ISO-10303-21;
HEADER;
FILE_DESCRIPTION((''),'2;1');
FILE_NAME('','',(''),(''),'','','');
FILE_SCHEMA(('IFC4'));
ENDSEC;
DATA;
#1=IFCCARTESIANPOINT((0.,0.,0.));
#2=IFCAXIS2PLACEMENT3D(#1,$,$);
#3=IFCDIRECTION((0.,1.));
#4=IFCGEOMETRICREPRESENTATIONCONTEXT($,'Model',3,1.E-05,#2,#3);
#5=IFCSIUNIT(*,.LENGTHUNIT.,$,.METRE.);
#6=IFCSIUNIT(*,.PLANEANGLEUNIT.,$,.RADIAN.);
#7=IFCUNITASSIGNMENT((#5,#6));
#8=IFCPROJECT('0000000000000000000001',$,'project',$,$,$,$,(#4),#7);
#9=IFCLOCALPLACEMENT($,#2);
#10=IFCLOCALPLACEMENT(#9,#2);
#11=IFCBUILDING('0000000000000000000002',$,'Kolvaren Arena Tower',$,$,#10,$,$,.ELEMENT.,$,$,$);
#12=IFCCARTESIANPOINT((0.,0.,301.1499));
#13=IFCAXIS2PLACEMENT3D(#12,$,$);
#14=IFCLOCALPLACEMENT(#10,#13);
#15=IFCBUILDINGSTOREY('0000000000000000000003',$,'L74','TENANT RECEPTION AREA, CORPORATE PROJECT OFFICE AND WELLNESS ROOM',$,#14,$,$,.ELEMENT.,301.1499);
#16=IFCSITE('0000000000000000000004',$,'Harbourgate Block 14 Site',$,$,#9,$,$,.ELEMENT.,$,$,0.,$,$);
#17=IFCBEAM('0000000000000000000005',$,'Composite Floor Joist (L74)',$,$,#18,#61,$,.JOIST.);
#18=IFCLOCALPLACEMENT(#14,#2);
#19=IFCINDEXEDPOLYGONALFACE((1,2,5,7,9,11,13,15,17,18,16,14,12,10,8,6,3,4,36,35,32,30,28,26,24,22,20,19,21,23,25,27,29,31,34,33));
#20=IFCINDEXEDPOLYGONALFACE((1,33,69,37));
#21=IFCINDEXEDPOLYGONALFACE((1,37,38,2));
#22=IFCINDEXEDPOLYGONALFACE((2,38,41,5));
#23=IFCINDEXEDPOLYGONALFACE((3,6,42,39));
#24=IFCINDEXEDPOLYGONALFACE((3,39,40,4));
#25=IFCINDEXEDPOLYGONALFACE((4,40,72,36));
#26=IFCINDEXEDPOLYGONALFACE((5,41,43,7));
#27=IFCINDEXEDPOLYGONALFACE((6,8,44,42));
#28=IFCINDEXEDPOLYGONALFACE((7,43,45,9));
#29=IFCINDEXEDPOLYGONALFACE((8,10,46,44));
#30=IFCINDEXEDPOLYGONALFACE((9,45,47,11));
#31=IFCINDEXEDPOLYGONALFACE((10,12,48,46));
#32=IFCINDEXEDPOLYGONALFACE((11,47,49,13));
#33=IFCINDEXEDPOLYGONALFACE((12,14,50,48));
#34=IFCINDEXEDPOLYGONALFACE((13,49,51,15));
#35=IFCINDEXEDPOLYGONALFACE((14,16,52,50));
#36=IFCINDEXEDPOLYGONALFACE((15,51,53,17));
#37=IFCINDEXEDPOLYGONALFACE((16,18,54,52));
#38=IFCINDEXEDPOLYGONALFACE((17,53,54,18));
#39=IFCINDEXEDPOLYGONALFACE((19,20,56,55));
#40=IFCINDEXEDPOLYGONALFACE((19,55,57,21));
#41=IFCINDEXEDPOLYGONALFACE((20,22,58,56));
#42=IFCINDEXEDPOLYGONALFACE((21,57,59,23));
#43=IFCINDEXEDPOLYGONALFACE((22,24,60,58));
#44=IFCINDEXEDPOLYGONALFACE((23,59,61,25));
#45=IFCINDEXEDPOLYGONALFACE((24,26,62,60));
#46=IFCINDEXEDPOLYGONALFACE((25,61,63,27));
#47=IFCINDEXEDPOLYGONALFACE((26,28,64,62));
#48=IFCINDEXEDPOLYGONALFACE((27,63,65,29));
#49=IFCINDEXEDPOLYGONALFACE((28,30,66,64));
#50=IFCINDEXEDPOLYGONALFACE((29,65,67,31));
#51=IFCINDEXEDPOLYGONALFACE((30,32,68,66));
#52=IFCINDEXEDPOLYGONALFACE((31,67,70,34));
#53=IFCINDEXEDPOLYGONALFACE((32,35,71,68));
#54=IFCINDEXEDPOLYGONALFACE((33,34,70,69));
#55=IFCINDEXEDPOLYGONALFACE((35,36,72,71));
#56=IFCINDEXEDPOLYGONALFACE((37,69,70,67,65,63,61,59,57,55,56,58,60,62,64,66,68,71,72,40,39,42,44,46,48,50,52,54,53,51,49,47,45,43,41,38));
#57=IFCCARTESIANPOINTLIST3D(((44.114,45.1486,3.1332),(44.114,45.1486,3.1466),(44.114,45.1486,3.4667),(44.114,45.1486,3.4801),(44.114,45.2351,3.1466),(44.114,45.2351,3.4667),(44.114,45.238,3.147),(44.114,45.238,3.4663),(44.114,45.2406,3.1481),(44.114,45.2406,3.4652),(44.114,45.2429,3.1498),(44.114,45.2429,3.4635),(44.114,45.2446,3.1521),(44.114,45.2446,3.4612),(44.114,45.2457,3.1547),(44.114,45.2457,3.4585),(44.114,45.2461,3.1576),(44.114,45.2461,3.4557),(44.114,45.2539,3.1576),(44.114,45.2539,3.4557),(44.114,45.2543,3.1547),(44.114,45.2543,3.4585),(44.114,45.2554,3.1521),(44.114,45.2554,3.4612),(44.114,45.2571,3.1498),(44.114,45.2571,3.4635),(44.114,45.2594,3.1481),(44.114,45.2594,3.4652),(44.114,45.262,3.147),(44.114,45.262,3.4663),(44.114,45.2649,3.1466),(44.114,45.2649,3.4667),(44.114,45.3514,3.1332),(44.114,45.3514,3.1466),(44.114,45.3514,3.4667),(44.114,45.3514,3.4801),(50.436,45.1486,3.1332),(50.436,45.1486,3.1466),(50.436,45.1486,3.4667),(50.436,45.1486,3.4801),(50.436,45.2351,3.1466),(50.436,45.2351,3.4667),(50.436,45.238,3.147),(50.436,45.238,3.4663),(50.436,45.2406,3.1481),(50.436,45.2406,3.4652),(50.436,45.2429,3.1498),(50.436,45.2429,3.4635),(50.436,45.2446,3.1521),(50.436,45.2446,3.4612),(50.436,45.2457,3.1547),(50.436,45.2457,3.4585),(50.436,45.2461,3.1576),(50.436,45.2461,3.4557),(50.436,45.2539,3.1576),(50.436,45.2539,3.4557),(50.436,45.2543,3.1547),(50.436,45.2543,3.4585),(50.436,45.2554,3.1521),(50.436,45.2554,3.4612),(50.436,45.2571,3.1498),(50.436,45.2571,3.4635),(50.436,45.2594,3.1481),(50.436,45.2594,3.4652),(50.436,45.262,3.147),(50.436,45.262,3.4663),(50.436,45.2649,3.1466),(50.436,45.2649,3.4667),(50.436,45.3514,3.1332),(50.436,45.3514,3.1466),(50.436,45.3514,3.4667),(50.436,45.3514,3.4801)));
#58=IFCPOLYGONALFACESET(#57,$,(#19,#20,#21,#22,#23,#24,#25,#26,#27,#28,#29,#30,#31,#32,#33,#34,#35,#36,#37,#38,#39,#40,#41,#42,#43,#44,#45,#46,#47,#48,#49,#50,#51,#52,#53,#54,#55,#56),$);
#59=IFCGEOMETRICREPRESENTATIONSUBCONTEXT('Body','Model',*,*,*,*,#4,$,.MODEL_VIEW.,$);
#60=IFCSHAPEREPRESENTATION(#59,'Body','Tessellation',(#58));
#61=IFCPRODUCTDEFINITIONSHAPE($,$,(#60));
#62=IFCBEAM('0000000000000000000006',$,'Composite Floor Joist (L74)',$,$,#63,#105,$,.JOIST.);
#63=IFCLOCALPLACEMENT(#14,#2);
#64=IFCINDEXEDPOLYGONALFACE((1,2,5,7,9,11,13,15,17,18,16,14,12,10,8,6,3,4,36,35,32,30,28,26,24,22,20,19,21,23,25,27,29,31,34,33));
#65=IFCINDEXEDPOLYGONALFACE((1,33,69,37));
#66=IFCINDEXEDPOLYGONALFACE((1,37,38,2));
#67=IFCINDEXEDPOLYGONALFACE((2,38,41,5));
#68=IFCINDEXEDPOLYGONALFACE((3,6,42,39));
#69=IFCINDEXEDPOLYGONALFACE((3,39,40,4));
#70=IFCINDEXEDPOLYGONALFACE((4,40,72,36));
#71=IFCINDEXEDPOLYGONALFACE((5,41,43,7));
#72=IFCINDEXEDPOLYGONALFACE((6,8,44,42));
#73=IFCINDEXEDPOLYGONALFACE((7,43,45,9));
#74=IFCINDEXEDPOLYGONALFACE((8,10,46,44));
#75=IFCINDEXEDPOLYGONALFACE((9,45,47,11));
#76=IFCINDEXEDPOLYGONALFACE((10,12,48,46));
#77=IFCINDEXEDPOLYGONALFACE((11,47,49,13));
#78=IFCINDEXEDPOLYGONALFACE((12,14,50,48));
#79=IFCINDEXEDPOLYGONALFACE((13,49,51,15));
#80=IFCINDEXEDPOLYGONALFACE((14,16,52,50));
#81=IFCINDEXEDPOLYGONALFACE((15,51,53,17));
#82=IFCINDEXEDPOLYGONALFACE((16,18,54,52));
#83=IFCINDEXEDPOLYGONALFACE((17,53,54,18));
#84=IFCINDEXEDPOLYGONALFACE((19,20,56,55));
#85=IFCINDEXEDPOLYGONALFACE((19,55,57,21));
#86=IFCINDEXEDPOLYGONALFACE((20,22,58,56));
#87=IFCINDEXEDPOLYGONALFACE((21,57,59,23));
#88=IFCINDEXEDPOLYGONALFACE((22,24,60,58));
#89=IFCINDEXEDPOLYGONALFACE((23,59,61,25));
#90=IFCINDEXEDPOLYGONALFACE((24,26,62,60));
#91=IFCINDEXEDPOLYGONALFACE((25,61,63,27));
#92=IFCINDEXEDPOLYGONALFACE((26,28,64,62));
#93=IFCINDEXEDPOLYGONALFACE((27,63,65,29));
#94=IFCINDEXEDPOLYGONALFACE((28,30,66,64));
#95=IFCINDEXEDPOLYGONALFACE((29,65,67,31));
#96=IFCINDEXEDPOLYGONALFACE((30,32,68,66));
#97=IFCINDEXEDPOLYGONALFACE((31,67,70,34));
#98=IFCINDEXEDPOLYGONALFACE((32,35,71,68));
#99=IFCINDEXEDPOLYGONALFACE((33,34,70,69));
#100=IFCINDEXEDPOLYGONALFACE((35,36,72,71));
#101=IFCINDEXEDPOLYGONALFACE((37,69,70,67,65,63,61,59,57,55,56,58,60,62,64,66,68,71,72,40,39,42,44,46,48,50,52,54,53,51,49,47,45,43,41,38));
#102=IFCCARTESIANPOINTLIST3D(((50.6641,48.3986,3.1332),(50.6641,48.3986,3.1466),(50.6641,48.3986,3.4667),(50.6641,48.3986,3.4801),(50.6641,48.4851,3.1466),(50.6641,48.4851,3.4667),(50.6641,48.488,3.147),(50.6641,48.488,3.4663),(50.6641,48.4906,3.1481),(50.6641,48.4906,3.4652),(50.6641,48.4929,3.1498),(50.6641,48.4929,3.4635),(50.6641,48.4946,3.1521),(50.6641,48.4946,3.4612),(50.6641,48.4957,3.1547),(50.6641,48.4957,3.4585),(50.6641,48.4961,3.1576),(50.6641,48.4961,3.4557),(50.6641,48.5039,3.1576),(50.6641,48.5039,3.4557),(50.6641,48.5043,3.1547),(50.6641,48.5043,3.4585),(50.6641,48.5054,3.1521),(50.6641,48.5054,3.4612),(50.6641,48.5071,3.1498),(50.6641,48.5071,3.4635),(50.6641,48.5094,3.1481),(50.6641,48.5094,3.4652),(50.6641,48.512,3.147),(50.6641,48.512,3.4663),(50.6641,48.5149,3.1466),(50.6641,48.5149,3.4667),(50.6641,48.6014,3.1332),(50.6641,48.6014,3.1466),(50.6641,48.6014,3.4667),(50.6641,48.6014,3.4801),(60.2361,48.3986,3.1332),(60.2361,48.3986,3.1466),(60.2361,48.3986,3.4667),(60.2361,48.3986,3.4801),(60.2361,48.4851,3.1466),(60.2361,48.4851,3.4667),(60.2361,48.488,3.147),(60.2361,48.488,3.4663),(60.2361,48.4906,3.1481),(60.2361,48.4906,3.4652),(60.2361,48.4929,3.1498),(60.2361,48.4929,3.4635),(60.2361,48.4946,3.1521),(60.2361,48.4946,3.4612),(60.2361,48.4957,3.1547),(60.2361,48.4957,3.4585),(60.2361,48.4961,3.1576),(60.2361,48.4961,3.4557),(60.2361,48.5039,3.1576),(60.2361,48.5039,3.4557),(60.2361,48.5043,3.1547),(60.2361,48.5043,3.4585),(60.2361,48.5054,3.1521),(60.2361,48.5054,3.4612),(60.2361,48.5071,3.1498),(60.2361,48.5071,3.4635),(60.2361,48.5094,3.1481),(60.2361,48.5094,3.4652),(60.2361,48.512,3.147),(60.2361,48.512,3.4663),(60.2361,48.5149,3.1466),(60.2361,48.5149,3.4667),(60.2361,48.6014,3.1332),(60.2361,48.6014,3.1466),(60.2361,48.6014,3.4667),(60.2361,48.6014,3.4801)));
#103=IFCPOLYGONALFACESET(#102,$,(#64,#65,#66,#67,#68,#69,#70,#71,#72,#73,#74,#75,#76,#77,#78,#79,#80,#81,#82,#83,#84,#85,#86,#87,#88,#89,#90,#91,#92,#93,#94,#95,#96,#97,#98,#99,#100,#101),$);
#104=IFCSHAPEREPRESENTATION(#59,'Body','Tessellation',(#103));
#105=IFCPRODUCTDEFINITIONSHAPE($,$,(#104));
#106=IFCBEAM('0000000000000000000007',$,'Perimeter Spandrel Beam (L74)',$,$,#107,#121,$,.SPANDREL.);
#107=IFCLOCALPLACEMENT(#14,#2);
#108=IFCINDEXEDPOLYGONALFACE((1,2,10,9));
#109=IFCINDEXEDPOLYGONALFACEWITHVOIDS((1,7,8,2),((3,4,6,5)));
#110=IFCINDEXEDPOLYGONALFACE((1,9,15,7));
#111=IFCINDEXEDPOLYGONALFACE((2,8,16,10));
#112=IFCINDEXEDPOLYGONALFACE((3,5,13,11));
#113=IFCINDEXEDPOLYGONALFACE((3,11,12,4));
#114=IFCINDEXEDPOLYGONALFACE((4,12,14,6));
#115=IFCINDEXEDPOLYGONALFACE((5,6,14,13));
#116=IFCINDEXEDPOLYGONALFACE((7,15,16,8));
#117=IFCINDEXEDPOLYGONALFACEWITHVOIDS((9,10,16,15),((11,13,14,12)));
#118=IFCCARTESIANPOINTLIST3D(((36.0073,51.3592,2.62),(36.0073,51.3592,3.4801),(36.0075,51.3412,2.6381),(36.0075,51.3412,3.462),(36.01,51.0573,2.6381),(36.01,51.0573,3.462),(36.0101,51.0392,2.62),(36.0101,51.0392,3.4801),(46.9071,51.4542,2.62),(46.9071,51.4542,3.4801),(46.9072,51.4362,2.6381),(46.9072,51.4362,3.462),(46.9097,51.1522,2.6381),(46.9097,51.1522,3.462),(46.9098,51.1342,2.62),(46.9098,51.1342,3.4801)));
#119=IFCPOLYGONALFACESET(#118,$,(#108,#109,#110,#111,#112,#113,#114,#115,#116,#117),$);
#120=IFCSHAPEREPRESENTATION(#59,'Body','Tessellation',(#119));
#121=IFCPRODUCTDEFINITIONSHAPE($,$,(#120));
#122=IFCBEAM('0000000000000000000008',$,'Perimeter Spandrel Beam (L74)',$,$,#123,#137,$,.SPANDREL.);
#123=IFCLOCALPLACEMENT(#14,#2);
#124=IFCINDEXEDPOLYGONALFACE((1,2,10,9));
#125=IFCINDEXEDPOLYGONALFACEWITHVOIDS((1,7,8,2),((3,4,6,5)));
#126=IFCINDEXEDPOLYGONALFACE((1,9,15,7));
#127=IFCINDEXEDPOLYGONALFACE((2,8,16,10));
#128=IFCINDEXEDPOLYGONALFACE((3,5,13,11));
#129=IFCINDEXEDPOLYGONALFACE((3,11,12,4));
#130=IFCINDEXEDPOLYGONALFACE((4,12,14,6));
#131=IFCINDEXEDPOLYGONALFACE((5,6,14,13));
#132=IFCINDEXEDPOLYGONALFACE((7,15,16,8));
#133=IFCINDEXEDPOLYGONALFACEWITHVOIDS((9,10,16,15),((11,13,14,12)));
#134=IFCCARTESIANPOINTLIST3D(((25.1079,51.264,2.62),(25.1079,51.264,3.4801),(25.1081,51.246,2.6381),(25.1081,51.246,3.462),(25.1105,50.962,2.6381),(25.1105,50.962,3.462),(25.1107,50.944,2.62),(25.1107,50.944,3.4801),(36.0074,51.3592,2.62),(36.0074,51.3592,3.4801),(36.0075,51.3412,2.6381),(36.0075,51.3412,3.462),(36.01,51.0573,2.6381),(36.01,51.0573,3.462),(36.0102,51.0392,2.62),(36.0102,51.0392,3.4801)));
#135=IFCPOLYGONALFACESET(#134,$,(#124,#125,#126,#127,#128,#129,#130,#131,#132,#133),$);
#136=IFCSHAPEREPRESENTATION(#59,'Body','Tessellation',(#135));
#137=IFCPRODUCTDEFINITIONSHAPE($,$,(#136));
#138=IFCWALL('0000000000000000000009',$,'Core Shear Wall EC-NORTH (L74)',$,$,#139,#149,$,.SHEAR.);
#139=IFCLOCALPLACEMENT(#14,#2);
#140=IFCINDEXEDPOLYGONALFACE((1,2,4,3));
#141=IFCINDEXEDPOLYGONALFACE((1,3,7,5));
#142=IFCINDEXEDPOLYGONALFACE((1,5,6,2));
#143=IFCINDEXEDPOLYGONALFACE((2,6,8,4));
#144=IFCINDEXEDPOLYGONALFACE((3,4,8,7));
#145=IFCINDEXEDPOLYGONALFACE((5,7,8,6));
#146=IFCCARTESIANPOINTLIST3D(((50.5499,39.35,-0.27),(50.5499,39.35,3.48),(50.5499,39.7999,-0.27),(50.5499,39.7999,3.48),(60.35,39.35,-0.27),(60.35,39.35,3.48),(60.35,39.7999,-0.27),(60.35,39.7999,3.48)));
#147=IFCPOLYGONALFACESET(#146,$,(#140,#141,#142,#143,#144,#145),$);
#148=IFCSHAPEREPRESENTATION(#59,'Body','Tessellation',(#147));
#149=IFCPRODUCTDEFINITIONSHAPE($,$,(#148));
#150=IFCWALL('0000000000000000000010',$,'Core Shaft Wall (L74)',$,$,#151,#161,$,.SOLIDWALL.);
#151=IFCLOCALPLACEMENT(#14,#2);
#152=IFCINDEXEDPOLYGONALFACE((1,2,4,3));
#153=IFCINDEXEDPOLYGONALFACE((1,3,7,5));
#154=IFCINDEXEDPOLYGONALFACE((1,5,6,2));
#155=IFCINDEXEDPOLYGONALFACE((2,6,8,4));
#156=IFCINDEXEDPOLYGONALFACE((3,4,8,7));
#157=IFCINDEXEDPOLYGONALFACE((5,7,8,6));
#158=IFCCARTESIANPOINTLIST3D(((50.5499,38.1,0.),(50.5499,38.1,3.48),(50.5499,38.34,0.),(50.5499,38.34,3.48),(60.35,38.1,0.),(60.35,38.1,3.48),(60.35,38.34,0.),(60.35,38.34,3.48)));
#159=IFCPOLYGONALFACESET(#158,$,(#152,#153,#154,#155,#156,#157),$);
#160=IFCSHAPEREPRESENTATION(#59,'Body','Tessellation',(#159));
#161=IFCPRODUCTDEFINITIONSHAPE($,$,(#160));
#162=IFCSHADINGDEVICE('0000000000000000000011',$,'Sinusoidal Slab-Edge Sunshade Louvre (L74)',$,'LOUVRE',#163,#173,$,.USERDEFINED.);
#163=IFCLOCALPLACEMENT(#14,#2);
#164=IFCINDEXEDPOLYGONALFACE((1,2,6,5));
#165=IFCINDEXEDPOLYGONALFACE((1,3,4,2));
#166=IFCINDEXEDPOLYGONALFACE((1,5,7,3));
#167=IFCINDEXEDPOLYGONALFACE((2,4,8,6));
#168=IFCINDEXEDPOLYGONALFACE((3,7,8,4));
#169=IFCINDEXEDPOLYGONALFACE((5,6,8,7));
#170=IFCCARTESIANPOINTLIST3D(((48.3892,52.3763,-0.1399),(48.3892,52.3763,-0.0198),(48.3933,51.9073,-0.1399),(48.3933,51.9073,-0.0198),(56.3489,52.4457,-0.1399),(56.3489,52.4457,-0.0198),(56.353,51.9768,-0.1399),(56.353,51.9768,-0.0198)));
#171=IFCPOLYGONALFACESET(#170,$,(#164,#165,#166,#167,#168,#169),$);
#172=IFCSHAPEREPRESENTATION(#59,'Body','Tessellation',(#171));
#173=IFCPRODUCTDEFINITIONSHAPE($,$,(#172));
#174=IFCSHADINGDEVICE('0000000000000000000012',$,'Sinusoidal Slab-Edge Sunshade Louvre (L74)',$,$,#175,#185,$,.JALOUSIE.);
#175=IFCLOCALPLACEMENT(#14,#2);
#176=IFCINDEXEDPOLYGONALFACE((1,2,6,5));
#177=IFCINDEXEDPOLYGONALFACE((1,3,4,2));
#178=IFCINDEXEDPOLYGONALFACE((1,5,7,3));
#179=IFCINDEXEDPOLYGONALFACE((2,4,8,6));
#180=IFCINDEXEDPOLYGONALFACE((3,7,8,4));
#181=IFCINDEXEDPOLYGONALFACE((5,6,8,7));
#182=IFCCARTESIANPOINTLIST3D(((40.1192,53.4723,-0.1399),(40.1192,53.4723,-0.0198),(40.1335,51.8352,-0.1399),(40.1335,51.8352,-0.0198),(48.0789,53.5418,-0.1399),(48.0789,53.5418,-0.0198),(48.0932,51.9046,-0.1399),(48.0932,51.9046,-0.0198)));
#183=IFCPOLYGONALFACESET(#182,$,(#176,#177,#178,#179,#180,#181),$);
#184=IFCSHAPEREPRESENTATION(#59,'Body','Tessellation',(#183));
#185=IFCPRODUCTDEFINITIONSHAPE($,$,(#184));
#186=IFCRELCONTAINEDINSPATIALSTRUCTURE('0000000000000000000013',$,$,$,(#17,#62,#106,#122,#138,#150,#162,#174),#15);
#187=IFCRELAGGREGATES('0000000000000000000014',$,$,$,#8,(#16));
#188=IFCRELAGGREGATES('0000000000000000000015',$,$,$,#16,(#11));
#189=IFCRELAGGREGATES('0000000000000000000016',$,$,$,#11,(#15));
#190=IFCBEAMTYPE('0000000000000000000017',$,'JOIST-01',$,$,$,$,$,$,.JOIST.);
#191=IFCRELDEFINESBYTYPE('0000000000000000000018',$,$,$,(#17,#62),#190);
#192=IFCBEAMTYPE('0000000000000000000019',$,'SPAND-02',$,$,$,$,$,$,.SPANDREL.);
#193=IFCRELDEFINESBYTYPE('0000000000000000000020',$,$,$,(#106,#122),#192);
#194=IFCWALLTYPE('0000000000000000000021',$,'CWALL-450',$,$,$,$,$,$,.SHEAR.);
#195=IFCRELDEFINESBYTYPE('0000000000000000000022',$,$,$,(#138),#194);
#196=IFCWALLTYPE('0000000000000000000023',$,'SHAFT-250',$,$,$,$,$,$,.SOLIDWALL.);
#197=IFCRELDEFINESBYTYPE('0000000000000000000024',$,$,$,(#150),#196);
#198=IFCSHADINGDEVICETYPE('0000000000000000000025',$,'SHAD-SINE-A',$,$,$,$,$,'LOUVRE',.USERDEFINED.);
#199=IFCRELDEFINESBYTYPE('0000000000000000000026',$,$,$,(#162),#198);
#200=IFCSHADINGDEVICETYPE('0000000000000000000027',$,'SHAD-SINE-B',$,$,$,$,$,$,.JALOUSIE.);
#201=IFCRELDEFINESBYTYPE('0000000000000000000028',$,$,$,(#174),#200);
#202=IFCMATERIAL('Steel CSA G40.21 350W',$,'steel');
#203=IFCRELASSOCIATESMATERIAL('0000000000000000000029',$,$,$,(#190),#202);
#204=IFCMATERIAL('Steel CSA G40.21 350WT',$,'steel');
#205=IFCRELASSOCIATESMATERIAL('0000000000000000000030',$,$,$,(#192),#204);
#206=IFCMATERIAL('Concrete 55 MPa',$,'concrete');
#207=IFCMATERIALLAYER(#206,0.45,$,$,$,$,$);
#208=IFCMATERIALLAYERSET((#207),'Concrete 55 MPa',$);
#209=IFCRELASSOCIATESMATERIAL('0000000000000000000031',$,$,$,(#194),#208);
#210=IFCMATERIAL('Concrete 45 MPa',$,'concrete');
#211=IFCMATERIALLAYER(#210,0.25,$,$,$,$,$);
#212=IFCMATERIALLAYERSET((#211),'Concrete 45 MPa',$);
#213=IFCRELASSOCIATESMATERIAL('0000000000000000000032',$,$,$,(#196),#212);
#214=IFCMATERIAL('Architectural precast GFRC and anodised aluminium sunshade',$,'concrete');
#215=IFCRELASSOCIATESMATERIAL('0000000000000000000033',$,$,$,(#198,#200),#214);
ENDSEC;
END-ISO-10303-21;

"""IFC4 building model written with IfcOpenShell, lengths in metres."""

from ifc_helpers import new_model, si_unit, direction, frame, frame_2d, origin, origin_2d, place, context, subcontext, project, spatial, rectangle, hollow_rectangle, i_section, extrude, material, layer, layer_set, material_profile, profile_set, type_object, element, save


model = new_model("IFC4")

# Units and contexts
model_context = context("Model", 3, precision=1e-05, world=origin(), true_north=direction((0.0, 1.0)))
body_context = subcontext(model_context, "Body", "Model", "MODEL_VIEW")
ifc_project = project(units=[si_unit("LENGTHUNIT", "METRE"), si_unit("PLANEANGLEUNIT", "RADIAN")], contexts=[model_context])

# Site, building, storey
site_placement = place(None, origin())
site = spatial("IfcSite", under=ifc_project, at=site_placement, Name="Harbourgate Block 14 Site", CompositionType="ELEMENT", RefElevation=0.0)
building_placement = place(site_placement, origin())
building = spatial("IfcBuilding", under=site, at=building_placement, Name="Kolvaren Arena Tower", CompositionType="ELEMENT")
storey_placement = place(building_placement, frame((0.0, 0.0, 301.1499)))
storey = spatial("IfcBuildingStorey", under=building, at=storey_placement, Name="L74", Description="TENANT RECEPTION AREA, CORPORATE PROJECT OFFICE AND WELLNESS ROOM", CompositionType="ELEMENT", Elevation=301.1499)

# Beams
ifc_material_1 = material(Name="Steel CSA G40.21 350W", Category="steel")
ifc_material_profile_1 = material_profile(ifc_material_1, i_section(OverallWidth=0.2029, OverallDepth=0.3469, WebThickness=0.0078, FlangeThickness=0.0134, FilletRadius=0.011, at=origin_2d()), Name="W360x64")
ifc_profile_set_1 = profile_set([ifc_material_profile_1], Name="Steel CSA G40.21 350W")
beam_type_1 = type_object("IfcBeamType", Name="JOIST-01", PredefinedType="JOIST", material=ifc_profile_set_1)
beam_1_placement = place(storey_placement, frame((44.114, 45.25, 3.3066), z_axis=(1.0, 0.0, 0.0), x_axis=(0.0, 1.0, 0.0)))
element("IfcBeam", 1, at=beam_1_placement, inside=storey, type_object=beam_type_1, Name="Composite Floor Joist (L74)", PredefinedType="JOIST", context=body_context, shape_type="SweptSolid", body=[
    extrude(i_section(OverallWidth=0.2029, OverallDepth=0.3469, WebThickness=0.0078, FlangeThickness=0.0134, FilletRadius=0.011, at=origin_2d()), origin(), (0.0, 0.0, 1.0), 6.322),
])
beam_2_placement = place(storey_placement, frame((50.6641, 48.5, 3.3066), z_axis=(1.0, 0.0, 0.0), x_axis=(0.0, 1.0, 0.0)))
element("IfcBeam", 2, at=beam_2_placement, inside=storey, type_object=beam_type_1, Name="Composite Floor Joist (L74)", PredefinedType="JOIST", context=body_context, shape_type="SweptSolid", body=[
    extrude(i_section(OverallWidth=0.2029, OverallDepth=0.3469, WebThickness=0.0078, FlangeThickness=0.0134, FilletRadius=0.011, at=origin_2d()), origin(), (0.0, 0.0, 1.0), 9.572),
])
ifc_material_2 = material(Name="Steel CSA G40.21 350WT", Category="steel")
ifc_material_profile_2 = material_profile(ifc_material_2, hollow_rectangle(XDim=0.3201, YDim=0.8601, WallThickness=0.0181, at=origin_2d()), Name="HSS 860x320x18")
ifc_profile_set_2 = profile_set([ifc_material_profile_2], Name="Steel CSA G40.21 350WT")
beam_type_2 = type_object("IfcBeamType", Name="SPAND-02", PredefinedType="SPANDREL", material=ifc_profile_set_2)
beam_3_placement = place(storey_placement, frame((46.9084, 51.2942, 3.05), z_axis=(-0.999962, -0.008713, 0.0), x_axis=(0.008713, -0.999962, 0.0)))
element("IfcBeam", 3, at=beam_3_placement, inside=storey, type_object=beam_type_2, Name="Perimeter Spandrel Beam (L74)", PredefinedType="SPANDREL", context=body_context, shape_type="SweptSolid", body=[
    extrude(hollow_rectangle(XDim=0.3201, YDim=0.8601, WallThickness=0.0181, at=origin_2d()), origin(), (0.0, 0.0, 1.0), 10.9001),
])
beam_4_placement = place(storey_placement, frame((36.0088, 51.1992, 3.05), z_axis=(-0.999962, -0.008735, 0.0), x_axis=(0.008735, -0.999962, 0.0)))
element("IfcBeam", 4, at=beam_4_placement, inside=storey, type_object=beam_type_2, Name="Perimeter Spandrel Beam (L74)", PredefinedType="SPANDREL", context=body_context, shape_type="SweptSolid", body=[
    extrude(hollow_rectangle(XDim=0.3201, YDim=0.8601, WallThickness=0.0181, at=origin_2d()), origin(), (0.0, 0.0, 1.0), 10.8999),
])

# Walls
ifc_material_3 = material(Name="Concrete 55 MPa", Category="concrete")
ifc_layer_1 = layer(ifc_material_3, 0.45)
ifc_layer_set_1 = layer_set([ifc_layer_1], Name="Concrete 55 MPa")
wall_type_1 = type_object("IfcWallType", Name="CWALL-450", PredefinedType="SHEAR", material=ifc_layer_set_1)
wall_1_placement = place(storey_placement, frame((50.55, 39.575, -0.27), z_axis=(0.0, 0.0, 1.0), x_axis=(1.0, 0.0, 0.0)))
element("IfcWall", 5, at=wall_1_placement, inside=storey, type_object=wall_type_1, Name="Core Shear Wall EC-NORTH (L74)", PredefinedType="SHEAR", context=body_context, shape_type="SweptSolid", body=[
    extrude(rectangle(XDim=9.8, YDim=0.45, at=frame_2d((4.8999, 0.0))), origin(), (0.0, 0.0, 1.0), 3.75),
])
ifc_material_4 = material(Name="Concrete 45 MPa", Category="concrete")
ifc_layer_2 = layer(ifc_material_4, 0.25)
ifc_layer_set_2 = layer_set([ifc_layer_2], Name="Concrete 45 MPa")
wall_type_2 = type_object("IfcWallType", Name="SHAFT-250", PredefinedType="SOLIDWALL", material=ifc_layer_set_2)
wall_2_placement = place(storey_placement, frame((50.55, 38.22, 0.0), z_axis=(0.0, 0.0, 1.0), x_axis=(1.0, 0.0, 0.0)))
element("IfcWall", 6, at=wall_2_placement, inside=storey, type_object=wall_type_2, Name="Core Shaft Wall (L74)", PredefinedType="SOLIDWALL", context=body_context, shape_type="SweptSolid", body=[
    extrude(rectangle(XDim=9.8, YDim=0.24, at=frame_2d((4.8999, 0.0))), origin(), (0.0, 0.0, 1.0), 3.48),
])

# Shading devices
ifc_material_5 = material(Name="Architectural precast GFRC and anodised aluminium sunshade", Category="concrete")
shading_device_type_1 = type_object("IfcShadingDeviceType", Name="SHAD-SINE-A", ElementType="LOUVRE", PredefinedType="USERDEFINED", material=ifc_material_5)
shading_device_1_placement = place(storey_placement, frame((52.3711, 52.1765, -0.1399), z_axis=(0.0, 0.0, 1.0), x_axis=(0.999962, 0.008727, 0.0)))
element("IfcShadingDevice", 7, at=shading_device_1_placement, inside=storey, type_object=shading_device_type_1, Name="Sinusoidal Slab-Edge Sunshade Louvre (L74)", ObjectType="LOUVRE", PredefinedType="USERDEFINED", context=body_context, shape_type="SweptSolid", body=[
    extrude(rectangle(XDim=7.96, YDim=0.469, at=origin_2d()), origin(), (0.0, 0.0, 1.0), 0.1201),
])
shading_device_type_2 = type_object("IfcShadingDeviceType", Name="SHAD-SINE-B", PredefinedType="JALOUSIE", material=ifc_material_5)
shading_device_2_placement = place(storey_placement, frame((44.1062, 52.6885, -0.1399), z_axis=(0.0, 0.0, 1.0), x_axis=(0.999962, 0.008727, 0.0)))
element("IfcShadingDevice", 8, at=shading_device_2_placement, inside=storey, type_object=shading_device_type_2, Name="Sinusoidal Slab-Edge Sunshade Louvre (L74)", PredefinedType="JALOUSIE", context=body_context, shape_type="SweptSolid", body=[
    extrude(rectangle(XDim=7.96, YDim=1.6372, at=origin_2d()), origin(), (0.0, 0.0, 1.0), 0.1201),
])

save(model, "model.ifc")
